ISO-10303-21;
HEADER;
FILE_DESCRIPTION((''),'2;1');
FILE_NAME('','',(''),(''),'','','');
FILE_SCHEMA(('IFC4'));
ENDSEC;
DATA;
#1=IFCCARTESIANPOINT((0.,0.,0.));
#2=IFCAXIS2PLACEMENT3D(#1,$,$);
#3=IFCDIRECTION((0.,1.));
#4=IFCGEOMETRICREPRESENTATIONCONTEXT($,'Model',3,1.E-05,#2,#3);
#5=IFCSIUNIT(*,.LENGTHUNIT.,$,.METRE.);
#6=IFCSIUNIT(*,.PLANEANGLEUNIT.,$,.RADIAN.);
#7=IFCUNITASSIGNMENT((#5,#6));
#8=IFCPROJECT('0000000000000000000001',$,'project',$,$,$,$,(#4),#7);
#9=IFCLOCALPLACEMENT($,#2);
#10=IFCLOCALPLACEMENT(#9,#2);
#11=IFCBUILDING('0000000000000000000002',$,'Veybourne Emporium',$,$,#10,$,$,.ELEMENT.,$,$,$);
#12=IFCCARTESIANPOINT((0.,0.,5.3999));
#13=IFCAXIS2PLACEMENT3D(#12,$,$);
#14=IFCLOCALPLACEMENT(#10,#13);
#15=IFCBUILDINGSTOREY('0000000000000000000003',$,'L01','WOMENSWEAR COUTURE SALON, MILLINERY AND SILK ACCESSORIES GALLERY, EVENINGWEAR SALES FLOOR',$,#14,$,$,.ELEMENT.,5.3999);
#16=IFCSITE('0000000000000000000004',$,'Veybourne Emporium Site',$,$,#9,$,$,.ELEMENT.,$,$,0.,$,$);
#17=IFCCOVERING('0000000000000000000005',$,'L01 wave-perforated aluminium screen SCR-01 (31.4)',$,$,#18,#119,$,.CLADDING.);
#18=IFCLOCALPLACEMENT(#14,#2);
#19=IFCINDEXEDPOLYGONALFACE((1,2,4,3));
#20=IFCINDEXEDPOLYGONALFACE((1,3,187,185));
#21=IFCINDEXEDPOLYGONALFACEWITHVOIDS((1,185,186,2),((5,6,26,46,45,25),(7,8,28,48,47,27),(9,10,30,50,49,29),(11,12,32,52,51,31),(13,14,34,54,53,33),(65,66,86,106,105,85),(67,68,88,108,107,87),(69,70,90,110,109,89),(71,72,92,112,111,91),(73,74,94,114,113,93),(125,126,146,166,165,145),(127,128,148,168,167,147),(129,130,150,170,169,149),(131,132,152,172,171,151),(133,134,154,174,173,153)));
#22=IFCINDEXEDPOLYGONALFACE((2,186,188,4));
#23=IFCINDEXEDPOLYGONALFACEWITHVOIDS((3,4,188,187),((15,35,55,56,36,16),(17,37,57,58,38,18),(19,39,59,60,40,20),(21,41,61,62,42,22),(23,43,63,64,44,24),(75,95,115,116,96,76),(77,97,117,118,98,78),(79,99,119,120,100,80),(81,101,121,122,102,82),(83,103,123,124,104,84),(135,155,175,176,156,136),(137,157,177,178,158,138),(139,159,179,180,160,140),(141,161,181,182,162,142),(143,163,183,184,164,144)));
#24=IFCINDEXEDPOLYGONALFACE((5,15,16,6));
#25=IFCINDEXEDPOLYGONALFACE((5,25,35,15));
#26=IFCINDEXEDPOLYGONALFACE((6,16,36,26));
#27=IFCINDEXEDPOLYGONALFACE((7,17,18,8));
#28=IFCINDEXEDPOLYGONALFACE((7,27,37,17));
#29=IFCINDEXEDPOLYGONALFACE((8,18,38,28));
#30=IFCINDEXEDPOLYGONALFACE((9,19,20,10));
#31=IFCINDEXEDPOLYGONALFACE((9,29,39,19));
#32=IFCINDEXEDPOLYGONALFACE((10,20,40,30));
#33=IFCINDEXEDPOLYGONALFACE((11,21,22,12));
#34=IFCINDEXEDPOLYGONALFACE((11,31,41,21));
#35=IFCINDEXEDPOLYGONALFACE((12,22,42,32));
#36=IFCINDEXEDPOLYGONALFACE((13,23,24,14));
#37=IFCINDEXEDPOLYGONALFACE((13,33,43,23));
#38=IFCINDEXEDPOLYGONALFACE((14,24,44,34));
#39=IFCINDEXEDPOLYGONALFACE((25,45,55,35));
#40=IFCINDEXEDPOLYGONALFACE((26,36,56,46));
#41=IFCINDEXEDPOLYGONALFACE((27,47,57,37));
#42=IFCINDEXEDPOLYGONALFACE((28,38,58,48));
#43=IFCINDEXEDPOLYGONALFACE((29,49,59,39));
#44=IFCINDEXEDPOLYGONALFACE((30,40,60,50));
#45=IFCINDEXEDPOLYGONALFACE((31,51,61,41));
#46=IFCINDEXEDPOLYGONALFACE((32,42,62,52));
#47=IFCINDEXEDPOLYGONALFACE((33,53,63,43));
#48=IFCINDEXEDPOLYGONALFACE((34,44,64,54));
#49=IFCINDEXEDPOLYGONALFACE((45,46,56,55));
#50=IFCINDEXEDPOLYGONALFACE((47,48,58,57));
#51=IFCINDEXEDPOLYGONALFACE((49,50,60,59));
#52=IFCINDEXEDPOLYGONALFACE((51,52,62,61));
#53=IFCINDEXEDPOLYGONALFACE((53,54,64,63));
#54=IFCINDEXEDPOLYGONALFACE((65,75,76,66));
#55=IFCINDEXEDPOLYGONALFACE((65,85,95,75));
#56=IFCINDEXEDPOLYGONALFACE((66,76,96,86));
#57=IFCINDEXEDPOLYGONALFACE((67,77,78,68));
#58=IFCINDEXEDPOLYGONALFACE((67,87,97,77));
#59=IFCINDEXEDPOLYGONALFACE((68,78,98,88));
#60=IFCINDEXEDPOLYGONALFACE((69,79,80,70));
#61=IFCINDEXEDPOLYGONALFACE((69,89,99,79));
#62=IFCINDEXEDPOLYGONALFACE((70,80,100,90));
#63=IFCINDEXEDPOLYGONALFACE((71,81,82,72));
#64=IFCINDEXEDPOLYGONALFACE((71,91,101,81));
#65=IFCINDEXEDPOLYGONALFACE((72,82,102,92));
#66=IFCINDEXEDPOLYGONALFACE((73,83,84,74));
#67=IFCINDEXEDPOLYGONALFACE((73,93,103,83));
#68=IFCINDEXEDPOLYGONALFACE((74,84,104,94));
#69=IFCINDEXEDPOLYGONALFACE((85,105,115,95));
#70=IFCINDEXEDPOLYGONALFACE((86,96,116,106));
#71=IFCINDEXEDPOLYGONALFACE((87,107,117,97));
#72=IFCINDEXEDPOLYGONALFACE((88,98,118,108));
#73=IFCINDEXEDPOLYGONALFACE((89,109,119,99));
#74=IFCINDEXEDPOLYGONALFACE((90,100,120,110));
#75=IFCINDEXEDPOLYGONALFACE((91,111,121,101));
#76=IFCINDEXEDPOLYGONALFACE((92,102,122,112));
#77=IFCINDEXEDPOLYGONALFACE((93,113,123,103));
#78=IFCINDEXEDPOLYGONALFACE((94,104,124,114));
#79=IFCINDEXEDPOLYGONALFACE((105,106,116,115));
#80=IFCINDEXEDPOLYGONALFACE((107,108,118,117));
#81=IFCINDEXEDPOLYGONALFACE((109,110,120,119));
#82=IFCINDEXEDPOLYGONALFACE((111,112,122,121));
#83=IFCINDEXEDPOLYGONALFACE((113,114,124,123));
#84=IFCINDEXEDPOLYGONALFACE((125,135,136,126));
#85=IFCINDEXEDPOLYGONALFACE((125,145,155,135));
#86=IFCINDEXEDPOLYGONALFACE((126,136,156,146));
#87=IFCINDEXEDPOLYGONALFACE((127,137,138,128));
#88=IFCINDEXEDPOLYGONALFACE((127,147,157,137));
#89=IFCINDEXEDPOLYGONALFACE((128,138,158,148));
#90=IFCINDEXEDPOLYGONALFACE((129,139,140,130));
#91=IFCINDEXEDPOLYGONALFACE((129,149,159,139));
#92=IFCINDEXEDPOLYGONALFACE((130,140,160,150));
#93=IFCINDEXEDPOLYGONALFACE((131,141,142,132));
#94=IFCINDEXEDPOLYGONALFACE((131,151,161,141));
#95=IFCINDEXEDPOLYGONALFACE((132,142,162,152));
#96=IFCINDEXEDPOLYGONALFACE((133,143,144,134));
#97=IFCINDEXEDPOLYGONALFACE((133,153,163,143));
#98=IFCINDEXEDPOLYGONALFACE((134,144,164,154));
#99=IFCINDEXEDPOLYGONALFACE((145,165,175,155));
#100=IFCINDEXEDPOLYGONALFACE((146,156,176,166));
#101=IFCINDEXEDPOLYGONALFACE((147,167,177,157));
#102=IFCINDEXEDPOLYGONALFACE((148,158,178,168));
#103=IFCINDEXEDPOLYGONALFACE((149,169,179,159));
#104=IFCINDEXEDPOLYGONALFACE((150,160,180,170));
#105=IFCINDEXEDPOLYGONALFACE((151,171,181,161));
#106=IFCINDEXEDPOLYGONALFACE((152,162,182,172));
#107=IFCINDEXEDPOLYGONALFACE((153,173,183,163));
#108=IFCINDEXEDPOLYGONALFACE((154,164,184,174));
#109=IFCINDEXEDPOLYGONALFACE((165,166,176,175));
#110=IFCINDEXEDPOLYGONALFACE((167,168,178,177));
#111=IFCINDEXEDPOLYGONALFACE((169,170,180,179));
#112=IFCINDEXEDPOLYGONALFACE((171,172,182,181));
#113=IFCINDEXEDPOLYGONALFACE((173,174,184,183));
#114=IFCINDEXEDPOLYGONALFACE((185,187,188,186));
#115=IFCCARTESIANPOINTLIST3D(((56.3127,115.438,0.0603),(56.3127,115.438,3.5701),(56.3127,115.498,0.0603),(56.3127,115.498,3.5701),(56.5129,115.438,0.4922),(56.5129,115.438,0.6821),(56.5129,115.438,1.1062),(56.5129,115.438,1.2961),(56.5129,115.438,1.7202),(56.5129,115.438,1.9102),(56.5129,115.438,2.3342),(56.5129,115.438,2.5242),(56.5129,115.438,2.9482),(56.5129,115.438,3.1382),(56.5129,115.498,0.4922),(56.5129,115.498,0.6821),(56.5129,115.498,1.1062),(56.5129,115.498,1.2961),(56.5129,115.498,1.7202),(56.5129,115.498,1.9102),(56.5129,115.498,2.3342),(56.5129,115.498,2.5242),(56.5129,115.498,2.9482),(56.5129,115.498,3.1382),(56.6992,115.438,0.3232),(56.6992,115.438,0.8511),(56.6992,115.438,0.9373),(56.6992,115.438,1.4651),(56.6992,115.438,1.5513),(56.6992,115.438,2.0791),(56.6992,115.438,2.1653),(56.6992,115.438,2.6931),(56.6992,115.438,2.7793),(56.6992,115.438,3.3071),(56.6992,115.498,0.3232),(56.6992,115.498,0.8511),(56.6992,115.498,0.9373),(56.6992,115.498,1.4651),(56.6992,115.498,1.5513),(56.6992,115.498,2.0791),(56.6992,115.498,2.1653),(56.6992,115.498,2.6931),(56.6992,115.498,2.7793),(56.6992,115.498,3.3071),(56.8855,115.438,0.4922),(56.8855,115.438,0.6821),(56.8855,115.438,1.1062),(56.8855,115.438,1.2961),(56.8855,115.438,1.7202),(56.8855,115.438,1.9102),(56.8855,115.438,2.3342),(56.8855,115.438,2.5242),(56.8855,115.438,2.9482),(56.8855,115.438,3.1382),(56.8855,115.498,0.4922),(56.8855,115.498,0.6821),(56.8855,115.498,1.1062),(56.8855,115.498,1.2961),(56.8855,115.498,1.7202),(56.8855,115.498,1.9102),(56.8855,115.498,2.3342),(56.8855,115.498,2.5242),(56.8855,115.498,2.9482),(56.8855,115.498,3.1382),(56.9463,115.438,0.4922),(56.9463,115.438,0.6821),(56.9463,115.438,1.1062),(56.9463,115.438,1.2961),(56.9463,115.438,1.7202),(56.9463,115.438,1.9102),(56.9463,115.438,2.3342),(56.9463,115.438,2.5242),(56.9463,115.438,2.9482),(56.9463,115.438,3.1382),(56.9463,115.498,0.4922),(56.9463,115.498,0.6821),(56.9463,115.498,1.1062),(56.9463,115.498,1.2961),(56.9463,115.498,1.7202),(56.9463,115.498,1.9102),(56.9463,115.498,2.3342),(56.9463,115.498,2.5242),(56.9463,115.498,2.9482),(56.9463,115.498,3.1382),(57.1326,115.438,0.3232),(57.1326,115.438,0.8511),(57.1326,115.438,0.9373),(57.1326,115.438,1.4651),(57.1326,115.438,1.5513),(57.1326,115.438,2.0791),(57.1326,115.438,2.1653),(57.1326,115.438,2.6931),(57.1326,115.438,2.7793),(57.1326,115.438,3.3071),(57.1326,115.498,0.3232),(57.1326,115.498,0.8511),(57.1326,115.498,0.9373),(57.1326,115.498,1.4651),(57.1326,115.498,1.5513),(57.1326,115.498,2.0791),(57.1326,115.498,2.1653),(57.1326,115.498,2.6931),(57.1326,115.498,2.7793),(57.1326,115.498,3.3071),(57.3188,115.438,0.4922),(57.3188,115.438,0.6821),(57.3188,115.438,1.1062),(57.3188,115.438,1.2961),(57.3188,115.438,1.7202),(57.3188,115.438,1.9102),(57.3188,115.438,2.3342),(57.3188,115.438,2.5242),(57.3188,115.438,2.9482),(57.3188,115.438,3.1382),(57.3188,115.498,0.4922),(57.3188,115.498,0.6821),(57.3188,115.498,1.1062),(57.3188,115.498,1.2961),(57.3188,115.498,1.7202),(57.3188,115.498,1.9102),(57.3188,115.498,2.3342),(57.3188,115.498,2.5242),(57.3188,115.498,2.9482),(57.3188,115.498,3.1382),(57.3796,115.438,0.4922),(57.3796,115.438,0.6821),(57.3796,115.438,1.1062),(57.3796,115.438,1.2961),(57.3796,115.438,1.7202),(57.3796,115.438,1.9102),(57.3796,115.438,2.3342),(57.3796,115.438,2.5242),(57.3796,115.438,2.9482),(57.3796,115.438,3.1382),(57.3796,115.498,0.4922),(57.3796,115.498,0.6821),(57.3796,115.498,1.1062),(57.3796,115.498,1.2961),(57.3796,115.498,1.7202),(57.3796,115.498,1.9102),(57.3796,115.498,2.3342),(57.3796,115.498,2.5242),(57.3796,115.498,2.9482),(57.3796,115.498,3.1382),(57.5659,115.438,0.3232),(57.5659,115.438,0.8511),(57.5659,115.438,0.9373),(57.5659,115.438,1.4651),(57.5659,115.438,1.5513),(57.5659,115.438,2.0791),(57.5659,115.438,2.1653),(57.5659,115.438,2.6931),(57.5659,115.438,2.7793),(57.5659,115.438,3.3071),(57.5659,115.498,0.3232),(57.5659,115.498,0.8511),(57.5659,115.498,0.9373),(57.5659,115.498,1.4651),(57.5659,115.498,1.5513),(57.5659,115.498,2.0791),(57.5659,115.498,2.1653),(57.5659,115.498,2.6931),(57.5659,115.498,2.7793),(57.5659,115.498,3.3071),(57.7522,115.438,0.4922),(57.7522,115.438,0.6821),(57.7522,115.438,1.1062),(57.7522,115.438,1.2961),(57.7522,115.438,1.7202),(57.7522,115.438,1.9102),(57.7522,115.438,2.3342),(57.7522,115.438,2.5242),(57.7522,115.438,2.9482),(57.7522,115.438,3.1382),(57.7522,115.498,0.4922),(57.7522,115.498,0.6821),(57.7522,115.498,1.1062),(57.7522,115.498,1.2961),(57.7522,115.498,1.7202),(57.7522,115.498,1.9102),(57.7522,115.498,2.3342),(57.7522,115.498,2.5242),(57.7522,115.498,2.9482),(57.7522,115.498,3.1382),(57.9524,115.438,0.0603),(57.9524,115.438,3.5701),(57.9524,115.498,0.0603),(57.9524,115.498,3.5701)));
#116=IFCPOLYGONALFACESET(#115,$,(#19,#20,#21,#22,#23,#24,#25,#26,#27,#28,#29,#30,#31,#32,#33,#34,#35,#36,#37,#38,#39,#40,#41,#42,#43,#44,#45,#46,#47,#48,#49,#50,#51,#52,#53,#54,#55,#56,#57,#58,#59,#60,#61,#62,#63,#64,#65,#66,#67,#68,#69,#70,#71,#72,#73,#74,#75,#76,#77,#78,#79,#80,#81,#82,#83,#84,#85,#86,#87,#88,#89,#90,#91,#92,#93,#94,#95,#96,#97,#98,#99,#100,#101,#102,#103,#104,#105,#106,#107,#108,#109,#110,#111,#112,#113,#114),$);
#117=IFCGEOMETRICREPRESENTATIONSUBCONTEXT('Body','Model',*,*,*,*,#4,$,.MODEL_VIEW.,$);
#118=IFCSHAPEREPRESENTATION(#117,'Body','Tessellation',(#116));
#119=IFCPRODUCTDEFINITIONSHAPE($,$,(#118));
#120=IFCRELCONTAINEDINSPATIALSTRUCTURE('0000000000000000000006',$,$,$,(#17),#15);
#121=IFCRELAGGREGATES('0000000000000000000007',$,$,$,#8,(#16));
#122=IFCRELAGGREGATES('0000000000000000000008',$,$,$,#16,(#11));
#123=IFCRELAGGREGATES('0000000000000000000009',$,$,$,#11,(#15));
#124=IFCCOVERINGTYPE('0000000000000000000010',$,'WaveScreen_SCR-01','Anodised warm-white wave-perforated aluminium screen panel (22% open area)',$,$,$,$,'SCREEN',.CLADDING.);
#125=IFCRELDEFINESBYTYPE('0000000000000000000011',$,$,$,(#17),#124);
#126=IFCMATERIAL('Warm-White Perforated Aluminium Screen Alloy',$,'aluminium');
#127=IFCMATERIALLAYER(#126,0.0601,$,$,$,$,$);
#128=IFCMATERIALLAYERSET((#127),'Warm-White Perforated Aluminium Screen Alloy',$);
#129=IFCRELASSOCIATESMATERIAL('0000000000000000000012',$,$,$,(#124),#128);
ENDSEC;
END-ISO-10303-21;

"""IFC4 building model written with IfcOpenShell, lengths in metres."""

from ifc_helpers import new_model, si_unit, direction, frame, origin, place, context, subcontext, project, spatial, polyline, outline, extrude, material, layer, layer_set, type_object, element, save


model = new_model("IFC4")

# Units and contexts
model_context = context("Model", 3, precision=1e-05, world=origin(), true_north=direction((0.0, 1.0)))
body_context = subcontext(model_context, "Body", "Model", "MODEL_VIEW")
ifc_project = project(units=[si_unit("LENGTHUNIT", "METRE"), si_unit("PLANEANGLEUNIT", "RADIAN")], contexts=[model_context])

# Site, building, storey
site_placement = place(None, origin())
site = spatial("IfcSite", under=ifc_project, at=site_placement, Name="Veybourne Emporium Site", CompositionType="ELEMENT", RefElevation=0.0)
building_placement = place(site_placement, origin())
building = spatial("IfcBuilding", under=site, at=building_placement, Name="Veybourne Emporium", CompositionType="ELEMENT")
storey_placement = place(building_placement, frame((0.0, 0.0, 5.3999)))
storey = spatial("IfcBuildingStorey", under=building, at=storey_placement, Name="L01", Description="WOMENSWEAR COUTURE SALON, MILLINERY AND SILK ACCESSORIES GALLERY, EVENINGWEAR SALES FLOOR", CompositionType="ELEMENT", Elevation=5.3999)

# Covering
ifc_material_1 = material(Name="Warm-White Perforated Aluminium Screen Alloy", Category="aluminium")
ifc_layer_1 = layer(ifc_material_1, 0.0601)
ifc_layer_set_1 = layer_set([ifc_layer_1], Name="Warm-White Perforated Aluminium Screen Alloy")
covering_type_1 = type_object("IfcCoveringType", Name="WaveScreen_SCR-01", Description="Anodised warm-white wave-perforated aluminium screen panel (22% open area)", ElementType="SCREEN", PredefinedType="CLADDING", material=ifc_layer_set_1)
covering_1_placement = place(storey_placement, frame((57.1326, 115.498, 1.8152), z_axis=(0.0, -1.0, 0.0), x_axis=(1.0, 0.0, 0.0)))
element("IfcCovering", 1, at=covering_1_placement, inside=storey, type_object=covering_type_1, Name="L01 wave-perforated aluminium screen SCR-01 (31.4)", PredefinedType="CLADDING", context=body_context, shape_type="SweptSolid", body=[
    extrude(outline(polyline([(-0.8198, -1.7549), (0.8198, -1.7549), (0.8198, 1.7549), (-0.8198, 1.7549), (-0.8198, -1.7549)]), holes=[polyline([(-0.4333, -0.9641), (-0.2471, -1.1331), (-0.2471, -1.323), (-0.4333, -1.4919), (-0.6196, -1.323), (-0.6196, -1.1331), (-0.4333, -0.9641)]), polyline([(-0.4333, -0.3501), (-0.2471, -0.519), (-0.2471, -0.709), (-0.4333, -0.8779), (-0.6196, -0.709), (-0.6196, -0.519), (-0.4333, -0.3501)]), polyline([(-0.4333, 0.2639), (-0.2471, 0.095), (-0.2471, -0.095), (-0.4333, -0.2639), (-0.6196, -0.095), (-0.6196, 0.095), (-0.4333, 0.2639)]), polyline([(-0.4333, 0.8779), (-0.2471, 0.709), (-0.2471, 0.519), (-0.4333, 0.3501), (-0.6196, 0.519), (-0.6196, 0.709), (-0.4333, 0.8779)]), polyline([(-0.4333, 1.4919), (-0.2471, 1.323), (-0.2471, 1.1331), (-0.4333, 0.9641), (-0.6196, 1.1331), (-0.6196, 1.323), (-0.4333, 1.4919)]), polyline([(0.0, -0.9641), (0.1863, -1.1331), (0.1863, -1.323), (0.0, -1.4919), (-0.1863, -1.323), (-0.1863, -1.1331), (0.0, -0.9641)]), polyline([(0.0, -0.3501), (0.1863, -0.519), (0.1863, -0.709), (0.0, -0.8779), (-0.1863, -0.709), (-0.1863, -0.519), (0.0, -0.3501)]), polyline([(0.0, 0.2639), (0.1863, 0.095), (0.1863, -0.095), (0.0, -0.2639), (-0.1863, -0.095), (-0.1863, 0.095), (0.0, 0.2639)]), polyline([(0.0, 0.8779), (0.1863, 0.709), (0.1863, 0.519), (0.0, 0.3501), (-0.1863, 0.519), (-0.1863, 0.709), (0.0, 0.8779)]), polyline([(0.0, 1.4919), (0.1863, 1.323), (0.1863, 1.1331), (0.0, 0.9641), (-0.1863, 1.1331), (-0.1863, 1.323), (0.0, 1.4919)]), polyline([(0.4333, -0.9641), (0.6196, -1.1331), (0.6196, -1.323), (0.4333, -1.4919), (0.2471, -1.323), (0.2471, -1.1331), (0.4333, -0.9641)]), polyline([(0.4333, -0.3501), (0.6196, -0.519), (0.6196, -0.709), (0.4333, -0.8779), (0.2471, -0.709), (0.2471, -0.519), (0.4333, -0.3501)]), polyline([(0.4333, 0.2639), (0.6196, 0.095), (0.6196, -0.095), (0.4333, -0.2639), (0.2471, -0.095), (0.2471, 0.095), (0.4333, 0.2639)]), polyline([(0.4333, 0.8779), (0.6196, 0.709), (0.6196, 0.519), (0.4333, 0.3501), (0.2471, 0.519), (0.2471, 0.709), (0.4333, 0.8779)]), polyline([(0.4333, 1.4919), (0.6196, 1.323), (0.6196, 1.1331), (0.4333, 0.9641), (0.2471, 1.1331), (0.2471, 1.323), (0.4333, 1.4919)])]), origin(), (0.0, 0.0, 1.0), 0.0601),
])

save(model, "model.ifc")
